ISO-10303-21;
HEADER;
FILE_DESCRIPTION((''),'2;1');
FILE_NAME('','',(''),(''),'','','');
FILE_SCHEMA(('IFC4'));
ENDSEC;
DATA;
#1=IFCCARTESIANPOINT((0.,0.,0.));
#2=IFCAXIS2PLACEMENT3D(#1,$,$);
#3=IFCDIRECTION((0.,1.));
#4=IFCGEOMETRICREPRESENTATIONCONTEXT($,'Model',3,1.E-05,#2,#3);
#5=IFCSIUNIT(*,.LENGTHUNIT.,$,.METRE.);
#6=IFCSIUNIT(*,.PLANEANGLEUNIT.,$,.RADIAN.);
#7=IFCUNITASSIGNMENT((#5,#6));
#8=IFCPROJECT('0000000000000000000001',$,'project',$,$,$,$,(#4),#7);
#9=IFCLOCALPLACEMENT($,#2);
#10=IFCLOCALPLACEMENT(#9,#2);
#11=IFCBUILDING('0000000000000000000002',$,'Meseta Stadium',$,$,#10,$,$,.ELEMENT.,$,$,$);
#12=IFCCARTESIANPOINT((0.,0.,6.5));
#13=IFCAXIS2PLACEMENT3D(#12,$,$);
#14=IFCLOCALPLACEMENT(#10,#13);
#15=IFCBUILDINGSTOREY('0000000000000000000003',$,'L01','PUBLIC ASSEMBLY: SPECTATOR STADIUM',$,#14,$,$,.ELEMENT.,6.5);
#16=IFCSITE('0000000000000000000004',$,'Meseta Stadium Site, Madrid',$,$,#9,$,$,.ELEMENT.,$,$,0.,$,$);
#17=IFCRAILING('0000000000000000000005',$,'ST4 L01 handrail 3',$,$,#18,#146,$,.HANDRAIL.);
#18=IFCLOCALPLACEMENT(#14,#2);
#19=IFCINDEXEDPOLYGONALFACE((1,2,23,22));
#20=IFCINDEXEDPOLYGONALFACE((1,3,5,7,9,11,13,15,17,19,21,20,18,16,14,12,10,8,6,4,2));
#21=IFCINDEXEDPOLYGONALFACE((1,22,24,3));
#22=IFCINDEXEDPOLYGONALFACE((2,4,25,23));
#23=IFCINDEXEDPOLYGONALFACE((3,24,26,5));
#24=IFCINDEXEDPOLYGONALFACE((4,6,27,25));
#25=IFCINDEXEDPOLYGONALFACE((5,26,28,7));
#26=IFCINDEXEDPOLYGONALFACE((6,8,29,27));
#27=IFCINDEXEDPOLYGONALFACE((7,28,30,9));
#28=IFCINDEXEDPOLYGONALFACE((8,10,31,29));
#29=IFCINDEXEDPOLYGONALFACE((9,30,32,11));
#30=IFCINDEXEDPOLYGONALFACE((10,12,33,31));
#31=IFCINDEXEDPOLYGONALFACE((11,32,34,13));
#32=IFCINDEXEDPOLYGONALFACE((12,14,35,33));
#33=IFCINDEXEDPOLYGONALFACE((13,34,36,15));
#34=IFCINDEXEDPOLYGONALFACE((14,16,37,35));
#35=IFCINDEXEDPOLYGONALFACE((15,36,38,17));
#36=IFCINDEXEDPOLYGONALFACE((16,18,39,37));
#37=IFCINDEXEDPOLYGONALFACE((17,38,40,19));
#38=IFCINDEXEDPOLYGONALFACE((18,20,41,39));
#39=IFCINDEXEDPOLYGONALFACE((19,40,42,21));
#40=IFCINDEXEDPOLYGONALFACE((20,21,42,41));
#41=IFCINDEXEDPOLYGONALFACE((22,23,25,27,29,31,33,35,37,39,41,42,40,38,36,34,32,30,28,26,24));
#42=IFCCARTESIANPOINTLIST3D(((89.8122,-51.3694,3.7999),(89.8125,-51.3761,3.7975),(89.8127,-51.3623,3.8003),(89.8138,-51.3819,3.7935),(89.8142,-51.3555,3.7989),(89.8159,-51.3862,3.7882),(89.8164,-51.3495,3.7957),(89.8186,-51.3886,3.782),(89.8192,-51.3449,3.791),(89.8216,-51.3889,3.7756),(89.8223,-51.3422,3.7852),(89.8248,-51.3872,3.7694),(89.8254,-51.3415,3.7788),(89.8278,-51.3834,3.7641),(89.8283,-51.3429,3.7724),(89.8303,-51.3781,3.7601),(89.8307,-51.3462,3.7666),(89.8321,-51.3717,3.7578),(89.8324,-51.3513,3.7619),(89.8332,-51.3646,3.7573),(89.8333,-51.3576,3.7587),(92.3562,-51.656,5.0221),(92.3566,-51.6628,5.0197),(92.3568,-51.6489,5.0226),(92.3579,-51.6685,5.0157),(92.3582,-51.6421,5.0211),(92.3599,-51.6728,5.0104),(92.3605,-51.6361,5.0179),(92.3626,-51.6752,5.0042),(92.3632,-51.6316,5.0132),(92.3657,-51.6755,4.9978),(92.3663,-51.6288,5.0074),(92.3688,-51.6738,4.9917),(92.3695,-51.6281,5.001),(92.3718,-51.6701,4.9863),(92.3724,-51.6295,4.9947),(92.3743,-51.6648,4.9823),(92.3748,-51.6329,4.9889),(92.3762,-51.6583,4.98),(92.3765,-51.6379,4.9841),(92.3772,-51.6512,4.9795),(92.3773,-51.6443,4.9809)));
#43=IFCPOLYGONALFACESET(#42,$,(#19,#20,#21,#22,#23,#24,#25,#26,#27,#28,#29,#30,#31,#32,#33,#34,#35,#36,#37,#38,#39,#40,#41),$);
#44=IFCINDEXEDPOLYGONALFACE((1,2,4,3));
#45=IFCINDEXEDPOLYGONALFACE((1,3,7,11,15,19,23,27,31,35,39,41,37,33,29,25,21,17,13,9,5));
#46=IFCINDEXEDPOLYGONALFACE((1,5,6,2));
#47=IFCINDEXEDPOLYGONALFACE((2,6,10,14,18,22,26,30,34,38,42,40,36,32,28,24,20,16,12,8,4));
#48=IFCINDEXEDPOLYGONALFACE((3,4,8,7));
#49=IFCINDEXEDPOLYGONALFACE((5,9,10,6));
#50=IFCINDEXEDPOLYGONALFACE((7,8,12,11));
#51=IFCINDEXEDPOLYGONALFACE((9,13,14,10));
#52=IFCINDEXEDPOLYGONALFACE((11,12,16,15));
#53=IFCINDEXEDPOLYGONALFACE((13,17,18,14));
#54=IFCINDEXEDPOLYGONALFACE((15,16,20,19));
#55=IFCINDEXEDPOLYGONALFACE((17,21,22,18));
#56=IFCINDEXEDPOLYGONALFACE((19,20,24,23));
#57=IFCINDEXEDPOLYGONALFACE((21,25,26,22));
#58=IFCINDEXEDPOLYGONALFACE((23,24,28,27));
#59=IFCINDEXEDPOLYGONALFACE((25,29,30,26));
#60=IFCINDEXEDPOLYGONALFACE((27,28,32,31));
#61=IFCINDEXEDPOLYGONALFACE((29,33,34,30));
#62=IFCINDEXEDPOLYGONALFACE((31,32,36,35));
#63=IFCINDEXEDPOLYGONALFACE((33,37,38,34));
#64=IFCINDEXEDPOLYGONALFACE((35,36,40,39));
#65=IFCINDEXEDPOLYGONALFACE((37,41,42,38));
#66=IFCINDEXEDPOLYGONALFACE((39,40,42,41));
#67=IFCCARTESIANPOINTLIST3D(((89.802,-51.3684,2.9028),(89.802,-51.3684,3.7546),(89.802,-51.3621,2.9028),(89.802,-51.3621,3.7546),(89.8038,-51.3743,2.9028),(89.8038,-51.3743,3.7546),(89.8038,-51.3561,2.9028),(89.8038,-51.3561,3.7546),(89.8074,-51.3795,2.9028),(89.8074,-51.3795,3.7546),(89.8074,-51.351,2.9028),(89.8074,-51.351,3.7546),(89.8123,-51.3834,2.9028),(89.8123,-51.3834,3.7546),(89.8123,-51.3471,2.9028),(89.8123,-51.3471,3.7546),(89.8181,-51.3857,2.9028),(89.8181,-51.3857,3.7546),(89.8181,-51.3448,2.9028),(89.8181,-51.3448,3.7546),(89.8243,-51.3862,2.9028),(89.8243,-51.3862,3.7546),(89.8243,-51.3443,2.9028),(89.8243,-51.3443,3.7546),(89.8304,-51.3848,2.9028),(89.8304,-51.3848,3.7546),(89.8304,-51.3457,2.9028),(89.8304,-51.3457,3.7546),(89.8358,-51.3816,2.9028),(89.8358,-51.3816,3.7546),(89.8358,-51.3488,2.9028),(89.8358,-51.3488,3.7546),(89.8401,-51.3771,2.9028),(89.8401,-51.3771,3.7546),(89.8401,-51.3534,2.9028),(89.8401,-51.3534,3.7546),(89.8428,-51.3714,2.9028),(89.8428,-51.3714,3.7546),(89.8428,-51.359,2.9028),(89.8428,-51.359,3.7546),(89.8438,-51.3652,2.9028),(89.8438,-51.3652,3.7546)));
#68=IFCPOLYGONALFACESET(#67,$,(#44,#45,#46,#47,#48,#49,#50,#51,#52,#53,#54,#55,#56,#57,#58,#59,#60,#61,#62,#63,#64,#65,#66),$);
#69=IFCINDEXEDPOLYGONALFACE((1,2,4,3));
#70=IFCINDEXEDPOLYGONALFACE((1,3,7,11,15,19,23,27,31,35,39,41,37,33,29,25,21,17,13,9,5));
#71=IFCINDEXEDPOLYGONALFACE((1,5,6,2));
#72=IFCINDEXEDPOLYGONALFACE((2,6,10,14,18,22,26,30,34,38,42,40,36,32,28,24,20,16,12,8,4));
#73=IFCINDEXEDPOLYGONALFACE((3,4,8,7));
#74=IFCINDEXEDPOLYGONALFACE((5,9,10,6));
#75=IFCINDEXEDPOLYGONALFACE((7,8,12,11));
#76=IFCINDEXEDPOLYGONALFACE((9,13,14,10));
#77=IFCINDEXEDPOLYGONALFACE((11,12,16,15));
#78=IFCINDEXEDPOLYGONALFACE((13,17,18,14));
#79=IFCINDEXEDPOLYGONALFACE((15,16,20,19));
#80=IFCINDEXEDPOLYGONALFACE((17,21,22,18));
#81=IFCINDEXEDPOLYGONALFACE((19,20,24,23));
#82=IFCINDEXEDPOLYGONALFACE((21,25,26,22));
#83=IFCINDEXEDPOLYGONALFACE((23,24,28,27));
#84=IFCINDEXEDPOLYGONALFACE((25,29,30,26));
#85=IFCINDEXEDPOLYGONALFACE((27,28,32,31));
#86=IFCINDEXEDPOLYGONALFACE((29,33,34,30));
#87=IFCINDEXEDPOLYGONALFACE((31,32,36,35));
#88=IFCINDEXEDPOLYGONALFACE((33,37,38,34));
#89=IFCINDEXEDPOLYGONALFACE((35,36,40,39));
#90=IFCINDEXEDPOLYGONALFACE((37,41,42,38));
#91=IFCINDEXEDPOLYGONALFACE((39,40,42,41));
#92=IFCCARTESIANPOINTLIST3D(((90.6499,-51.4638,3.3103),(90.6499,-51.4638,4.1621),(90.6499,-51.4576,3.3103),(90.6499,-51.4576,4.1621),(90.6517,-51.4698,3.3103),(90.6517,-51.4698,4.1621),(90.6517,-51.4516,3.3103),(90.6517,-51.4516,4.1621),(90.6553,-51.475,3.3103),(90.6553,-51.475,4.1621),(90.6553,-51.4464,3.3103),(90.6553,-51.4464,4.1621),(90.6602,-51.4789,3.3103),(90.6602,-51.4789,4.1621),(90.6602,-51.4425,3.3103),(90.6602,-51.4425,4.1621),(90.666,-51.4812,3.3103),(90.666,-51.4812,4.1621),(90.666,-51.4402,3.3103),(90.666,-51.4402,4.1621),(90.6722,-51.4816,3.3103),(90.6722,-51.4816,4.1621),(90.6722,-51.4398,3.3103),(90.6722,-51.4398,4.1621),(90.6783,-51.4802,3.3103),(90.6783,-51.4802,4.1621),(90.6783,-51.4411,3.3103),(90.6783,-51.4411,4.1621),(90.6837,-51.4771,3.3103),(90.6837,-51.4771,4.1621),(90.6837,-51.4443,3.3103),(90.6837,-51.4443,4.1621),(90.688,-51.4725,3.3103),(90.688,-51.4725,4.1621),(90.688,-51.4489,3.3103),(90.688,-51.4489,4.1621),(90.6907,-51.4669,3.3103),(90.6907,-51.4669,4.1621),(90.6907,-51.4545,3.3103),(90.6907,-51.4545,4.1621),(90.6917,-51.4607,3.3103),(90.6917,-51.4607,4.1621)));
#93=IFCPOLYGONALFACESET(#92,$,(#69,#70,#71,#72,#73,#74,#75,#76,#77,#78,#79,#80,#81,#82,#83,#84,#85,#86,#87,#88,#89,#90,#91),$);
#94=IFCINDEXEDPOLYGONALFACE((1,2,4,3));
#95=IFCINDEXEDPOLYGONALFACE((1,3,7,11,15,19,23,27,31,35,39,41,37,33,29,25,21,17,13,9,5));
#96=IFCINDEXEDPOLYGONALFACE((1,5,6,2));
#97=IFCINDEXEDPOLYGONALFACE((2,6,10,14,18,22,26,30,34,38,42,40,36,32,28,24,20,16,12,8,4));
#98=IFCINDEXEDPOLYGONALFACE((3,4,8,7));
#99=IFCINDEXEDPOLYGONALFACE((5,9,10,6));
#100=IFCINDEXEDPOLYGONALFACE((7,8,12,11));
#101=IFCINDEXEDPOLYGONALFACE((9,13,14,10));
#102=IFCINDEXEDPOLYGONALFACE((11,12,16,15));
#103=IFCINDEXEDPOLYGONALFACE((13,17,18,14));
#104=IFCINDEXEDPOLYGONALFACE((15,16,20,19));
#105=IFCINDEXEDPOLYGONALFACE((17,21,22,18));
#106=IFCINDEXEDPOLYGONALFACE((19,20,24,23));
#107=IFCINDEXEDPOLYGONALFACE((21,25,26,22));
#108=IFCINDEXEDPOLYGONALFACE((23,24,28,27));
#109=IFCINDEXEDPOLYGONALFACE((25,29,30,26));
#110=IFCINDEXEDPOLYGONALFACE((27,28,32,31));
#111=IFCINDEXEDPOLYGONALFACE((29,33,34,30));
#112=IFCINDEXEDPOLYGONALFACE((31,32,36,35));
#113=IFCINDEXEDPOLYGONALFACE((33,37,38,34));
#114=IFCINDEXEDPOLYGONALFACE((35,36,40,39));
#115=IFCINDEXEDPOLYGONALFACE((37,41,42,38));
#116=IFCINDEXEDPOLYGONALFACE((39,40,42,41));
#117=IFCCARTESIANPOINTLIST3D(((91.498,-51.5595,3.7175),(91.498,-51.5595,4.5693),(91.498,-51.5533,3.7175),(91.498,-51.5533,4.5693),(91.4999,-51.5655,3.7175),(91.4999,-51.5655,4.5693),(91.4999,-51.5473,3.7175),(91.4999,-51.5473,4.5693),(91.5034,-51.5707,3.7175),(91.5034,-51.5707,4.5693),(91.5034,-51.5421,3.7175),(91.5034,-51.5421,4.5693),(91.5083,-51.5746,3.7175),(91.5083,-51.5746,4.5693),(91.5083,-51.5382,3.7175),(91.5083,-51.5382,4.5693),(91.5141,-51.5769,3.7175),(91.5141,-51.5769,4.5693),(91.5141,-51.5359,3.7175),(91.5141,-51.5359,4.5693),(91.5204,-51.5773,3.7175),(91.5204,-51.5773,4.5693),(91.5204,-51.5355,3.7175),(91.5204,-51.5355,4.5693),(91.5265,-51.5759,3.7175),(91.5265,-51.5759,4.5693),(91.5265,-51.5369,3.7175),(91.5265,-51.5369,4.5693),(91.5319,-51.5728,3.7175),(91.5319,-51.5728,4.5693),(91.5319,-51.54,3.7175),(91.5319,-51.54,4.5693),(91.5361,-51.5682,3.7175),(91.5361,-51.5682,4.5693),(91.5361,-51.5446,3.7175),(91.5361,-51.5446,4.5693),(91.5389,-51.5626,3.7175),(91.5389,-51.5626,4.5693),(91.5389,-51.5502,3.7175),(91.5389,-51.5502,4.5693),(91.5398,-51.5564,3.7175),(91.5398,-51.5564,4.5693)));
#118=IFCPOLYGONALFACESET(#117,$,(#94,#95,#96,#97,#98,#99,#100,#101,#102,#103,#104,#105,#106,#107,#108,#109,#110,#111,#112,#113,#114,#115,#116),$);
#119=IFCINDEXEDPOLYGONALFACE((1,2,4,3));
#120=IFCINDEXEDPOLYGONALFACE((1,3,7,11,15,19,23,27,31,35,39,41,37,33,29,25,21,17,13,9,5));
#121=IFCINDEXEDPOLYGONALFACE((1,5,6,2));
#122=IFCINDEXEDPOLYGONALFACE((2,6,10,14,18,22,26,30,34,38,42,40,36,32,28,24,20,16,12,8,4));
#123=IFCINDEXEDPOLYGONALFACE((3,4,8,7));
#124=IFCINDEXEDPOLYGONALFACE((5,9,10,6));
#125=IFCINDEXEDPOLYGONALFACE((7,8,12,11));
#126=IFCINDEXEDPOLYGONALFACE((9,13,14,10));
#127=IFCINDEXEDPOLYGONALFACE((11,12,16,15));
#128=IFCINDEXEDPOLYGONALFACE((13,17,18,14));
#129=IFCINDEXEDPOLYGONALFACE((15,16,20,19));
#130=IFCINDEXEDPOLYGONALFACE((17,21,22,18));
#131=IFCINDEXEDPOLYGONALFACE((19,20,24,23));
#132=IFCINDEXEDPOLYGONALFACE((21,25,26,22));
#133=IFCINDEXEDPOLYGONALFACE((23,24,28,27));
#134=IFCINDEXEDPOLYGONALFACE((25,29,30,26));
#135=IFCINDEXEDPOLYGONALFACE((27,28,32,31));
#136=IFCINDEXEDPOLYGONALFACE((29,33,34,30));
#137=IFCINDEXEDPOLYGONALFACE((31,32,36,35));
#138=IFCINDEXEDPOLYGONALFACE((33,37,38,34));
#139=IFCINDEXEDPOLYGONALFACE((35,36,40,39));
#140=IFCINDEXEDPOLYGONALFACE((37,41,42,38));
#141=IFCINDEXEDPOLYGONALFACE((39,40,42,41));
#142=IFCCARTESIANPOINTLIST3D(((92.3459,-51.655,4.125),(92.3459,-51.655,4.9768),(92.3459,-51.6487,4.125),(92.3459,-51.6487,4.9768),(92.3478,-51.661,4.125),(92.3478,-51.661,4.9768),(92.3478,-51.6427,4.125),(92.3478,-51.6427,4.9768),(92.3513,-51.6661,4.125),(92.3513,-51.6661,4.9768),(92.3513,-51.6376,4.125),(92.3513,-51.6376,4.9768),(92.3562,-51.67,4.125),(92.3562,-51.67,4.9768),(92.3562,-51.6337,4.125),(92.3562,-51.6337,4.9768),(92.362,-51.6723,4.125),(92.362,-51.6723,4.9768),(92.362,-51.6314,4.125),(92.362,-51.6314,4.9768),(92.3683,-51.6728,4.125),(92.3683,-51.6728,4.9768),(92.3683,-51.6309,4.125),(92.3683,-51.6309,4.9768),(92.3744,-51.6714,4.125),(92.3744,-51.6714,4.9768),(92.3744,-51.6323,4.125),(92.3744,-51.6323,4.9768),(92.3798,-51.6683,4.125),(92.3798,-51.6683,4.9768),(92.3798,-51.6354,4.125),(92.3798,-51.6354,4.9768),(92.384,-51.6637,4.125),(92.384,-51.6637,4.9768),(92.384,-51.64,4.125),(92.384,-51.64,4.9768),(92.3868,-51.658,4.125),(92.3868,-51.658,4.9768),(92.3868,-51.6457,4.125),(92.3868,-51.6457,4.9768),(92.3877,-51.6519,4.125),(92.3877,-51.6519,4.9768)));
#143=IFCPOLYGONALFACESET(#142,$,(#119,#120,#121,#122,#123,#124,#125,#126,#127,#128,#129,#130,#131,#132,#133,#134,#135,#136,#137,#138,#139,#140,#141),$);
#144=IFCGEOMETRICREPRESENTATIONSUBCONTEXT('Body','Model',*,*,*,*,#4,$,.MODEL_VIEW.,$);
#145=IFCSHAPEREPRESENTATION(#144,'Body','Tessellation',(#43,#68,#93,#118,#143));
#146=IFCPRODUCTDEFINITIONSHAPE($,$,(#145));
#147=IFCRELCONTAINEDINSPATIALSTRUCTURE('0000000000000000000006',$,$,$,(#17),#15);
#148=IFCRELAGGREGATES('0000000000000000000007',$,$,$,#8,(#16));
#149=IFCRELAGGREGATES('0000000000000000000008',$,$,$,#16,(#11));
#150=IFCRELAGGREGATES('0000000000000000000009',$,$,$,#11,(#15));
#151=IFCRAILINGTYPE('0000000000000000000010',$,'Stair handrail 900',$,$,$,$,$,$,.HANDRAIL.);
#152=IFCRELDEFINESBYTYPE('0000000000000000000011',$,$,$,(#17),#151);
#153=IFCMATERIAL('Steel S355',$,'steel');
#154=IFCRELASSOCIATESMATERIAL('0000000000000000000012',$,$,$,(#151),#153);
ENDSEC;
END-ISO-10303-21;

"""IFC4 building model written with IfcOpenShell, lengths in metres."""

from ifc_helpers import new_model, si_unit, direction, frame, origin, origin_2d, place, context, subcontext, project, spatial, circle, extrude, material, type_object, element, save


model = new_model("IFC4")

# Units and contexts
model_context = context("Model", 3, precision=1e-05, world=origin(), true_north=direction((0.0, 1.0)))
body_context = subcontext(model_context, "Body", "Model", "MODEL_VIEW")
ifc_project = project(units=[si_unit("LENGTHUNIT", "METRE"), si_unit("PLANEANGLEUNIT", "RADIAN")], contexts=[model_context])

# Site, building, storey
site_placement = place(None, origin())
site = spatial("IfcSite", under=ifc_project, at=site_placement, Name="Meseta Stadium Site, Madrid", CompositionType="ELEMENT", RefElevation=0.0)
building_placement = place(site_placement, origin())
building = spatial("IfcBuilding", under=site, at=building_placement, Name="Meseta Stadium", CompositionType="ELEMENT")
storey_placement = place(building_placement, frame((0.0, 0.0, 6.5)))
storey = spatial("IfcBuildingStorey", under=building, at=storey_placement, Name="L01", Description="PUBLIC ASSEMBLY: SPECTATOR STADIUM", CompositionType="ELEMENT", Elevation=6.5)

# Railing
ifc_material_1 = material(Name="Steel S355", Category="steel")
railing_type_1 = type_object("IfcRailingType", Name="Stair handrail 900", PredefinedType="HANDRAIL", material=ifc_material_1)
for number, where, name in (
    (1, (89.8228, -51.3652, 2.9028), "ST4 L01 handrail 3"),
):
    element("IfcRailing", number, at=place(storey_placement, frame(where)), inside=storey, type_object=railing_type_1, Name=name, PredefinedType="HANDRAIL", context=body_context, shape_type="SweptSolid", body=[
        extrude(circle(Radius=0.0239, at=origin_2d()), frame((0.0, 0.0, 0.876), z_axis=(0.896762, -0.101036, 0.430824), x_axis=(0.11196, 0.993713, 0.0)), (0.0, 0.0, 1.0), 2.8369),
        extrude(circle(Radius=0.021, at=origin_2d()), origin(), (0.0, 0.0, 1.0), 0.8518),
        extrude(circle(Radius=0.021, at=origin_2d()), frame((0.8479, -0.0955, 0.4075)), (0.0, 0.0, 1.0), 0.8518),
        extrude(circle(Radius=0.021, at=origin_2d()), frame((1.696, -0.1912, 0.8147)), (0.0, 0.0, 1.0), 0.8518),
        extrude(circle(Radius=0.021, at=origin_2d()), frame((2.5439, -0.2866, 1.2222)), (0.0, 0.0, 1.0), 0.8518),
    ])

save(model, "model.ifc")
